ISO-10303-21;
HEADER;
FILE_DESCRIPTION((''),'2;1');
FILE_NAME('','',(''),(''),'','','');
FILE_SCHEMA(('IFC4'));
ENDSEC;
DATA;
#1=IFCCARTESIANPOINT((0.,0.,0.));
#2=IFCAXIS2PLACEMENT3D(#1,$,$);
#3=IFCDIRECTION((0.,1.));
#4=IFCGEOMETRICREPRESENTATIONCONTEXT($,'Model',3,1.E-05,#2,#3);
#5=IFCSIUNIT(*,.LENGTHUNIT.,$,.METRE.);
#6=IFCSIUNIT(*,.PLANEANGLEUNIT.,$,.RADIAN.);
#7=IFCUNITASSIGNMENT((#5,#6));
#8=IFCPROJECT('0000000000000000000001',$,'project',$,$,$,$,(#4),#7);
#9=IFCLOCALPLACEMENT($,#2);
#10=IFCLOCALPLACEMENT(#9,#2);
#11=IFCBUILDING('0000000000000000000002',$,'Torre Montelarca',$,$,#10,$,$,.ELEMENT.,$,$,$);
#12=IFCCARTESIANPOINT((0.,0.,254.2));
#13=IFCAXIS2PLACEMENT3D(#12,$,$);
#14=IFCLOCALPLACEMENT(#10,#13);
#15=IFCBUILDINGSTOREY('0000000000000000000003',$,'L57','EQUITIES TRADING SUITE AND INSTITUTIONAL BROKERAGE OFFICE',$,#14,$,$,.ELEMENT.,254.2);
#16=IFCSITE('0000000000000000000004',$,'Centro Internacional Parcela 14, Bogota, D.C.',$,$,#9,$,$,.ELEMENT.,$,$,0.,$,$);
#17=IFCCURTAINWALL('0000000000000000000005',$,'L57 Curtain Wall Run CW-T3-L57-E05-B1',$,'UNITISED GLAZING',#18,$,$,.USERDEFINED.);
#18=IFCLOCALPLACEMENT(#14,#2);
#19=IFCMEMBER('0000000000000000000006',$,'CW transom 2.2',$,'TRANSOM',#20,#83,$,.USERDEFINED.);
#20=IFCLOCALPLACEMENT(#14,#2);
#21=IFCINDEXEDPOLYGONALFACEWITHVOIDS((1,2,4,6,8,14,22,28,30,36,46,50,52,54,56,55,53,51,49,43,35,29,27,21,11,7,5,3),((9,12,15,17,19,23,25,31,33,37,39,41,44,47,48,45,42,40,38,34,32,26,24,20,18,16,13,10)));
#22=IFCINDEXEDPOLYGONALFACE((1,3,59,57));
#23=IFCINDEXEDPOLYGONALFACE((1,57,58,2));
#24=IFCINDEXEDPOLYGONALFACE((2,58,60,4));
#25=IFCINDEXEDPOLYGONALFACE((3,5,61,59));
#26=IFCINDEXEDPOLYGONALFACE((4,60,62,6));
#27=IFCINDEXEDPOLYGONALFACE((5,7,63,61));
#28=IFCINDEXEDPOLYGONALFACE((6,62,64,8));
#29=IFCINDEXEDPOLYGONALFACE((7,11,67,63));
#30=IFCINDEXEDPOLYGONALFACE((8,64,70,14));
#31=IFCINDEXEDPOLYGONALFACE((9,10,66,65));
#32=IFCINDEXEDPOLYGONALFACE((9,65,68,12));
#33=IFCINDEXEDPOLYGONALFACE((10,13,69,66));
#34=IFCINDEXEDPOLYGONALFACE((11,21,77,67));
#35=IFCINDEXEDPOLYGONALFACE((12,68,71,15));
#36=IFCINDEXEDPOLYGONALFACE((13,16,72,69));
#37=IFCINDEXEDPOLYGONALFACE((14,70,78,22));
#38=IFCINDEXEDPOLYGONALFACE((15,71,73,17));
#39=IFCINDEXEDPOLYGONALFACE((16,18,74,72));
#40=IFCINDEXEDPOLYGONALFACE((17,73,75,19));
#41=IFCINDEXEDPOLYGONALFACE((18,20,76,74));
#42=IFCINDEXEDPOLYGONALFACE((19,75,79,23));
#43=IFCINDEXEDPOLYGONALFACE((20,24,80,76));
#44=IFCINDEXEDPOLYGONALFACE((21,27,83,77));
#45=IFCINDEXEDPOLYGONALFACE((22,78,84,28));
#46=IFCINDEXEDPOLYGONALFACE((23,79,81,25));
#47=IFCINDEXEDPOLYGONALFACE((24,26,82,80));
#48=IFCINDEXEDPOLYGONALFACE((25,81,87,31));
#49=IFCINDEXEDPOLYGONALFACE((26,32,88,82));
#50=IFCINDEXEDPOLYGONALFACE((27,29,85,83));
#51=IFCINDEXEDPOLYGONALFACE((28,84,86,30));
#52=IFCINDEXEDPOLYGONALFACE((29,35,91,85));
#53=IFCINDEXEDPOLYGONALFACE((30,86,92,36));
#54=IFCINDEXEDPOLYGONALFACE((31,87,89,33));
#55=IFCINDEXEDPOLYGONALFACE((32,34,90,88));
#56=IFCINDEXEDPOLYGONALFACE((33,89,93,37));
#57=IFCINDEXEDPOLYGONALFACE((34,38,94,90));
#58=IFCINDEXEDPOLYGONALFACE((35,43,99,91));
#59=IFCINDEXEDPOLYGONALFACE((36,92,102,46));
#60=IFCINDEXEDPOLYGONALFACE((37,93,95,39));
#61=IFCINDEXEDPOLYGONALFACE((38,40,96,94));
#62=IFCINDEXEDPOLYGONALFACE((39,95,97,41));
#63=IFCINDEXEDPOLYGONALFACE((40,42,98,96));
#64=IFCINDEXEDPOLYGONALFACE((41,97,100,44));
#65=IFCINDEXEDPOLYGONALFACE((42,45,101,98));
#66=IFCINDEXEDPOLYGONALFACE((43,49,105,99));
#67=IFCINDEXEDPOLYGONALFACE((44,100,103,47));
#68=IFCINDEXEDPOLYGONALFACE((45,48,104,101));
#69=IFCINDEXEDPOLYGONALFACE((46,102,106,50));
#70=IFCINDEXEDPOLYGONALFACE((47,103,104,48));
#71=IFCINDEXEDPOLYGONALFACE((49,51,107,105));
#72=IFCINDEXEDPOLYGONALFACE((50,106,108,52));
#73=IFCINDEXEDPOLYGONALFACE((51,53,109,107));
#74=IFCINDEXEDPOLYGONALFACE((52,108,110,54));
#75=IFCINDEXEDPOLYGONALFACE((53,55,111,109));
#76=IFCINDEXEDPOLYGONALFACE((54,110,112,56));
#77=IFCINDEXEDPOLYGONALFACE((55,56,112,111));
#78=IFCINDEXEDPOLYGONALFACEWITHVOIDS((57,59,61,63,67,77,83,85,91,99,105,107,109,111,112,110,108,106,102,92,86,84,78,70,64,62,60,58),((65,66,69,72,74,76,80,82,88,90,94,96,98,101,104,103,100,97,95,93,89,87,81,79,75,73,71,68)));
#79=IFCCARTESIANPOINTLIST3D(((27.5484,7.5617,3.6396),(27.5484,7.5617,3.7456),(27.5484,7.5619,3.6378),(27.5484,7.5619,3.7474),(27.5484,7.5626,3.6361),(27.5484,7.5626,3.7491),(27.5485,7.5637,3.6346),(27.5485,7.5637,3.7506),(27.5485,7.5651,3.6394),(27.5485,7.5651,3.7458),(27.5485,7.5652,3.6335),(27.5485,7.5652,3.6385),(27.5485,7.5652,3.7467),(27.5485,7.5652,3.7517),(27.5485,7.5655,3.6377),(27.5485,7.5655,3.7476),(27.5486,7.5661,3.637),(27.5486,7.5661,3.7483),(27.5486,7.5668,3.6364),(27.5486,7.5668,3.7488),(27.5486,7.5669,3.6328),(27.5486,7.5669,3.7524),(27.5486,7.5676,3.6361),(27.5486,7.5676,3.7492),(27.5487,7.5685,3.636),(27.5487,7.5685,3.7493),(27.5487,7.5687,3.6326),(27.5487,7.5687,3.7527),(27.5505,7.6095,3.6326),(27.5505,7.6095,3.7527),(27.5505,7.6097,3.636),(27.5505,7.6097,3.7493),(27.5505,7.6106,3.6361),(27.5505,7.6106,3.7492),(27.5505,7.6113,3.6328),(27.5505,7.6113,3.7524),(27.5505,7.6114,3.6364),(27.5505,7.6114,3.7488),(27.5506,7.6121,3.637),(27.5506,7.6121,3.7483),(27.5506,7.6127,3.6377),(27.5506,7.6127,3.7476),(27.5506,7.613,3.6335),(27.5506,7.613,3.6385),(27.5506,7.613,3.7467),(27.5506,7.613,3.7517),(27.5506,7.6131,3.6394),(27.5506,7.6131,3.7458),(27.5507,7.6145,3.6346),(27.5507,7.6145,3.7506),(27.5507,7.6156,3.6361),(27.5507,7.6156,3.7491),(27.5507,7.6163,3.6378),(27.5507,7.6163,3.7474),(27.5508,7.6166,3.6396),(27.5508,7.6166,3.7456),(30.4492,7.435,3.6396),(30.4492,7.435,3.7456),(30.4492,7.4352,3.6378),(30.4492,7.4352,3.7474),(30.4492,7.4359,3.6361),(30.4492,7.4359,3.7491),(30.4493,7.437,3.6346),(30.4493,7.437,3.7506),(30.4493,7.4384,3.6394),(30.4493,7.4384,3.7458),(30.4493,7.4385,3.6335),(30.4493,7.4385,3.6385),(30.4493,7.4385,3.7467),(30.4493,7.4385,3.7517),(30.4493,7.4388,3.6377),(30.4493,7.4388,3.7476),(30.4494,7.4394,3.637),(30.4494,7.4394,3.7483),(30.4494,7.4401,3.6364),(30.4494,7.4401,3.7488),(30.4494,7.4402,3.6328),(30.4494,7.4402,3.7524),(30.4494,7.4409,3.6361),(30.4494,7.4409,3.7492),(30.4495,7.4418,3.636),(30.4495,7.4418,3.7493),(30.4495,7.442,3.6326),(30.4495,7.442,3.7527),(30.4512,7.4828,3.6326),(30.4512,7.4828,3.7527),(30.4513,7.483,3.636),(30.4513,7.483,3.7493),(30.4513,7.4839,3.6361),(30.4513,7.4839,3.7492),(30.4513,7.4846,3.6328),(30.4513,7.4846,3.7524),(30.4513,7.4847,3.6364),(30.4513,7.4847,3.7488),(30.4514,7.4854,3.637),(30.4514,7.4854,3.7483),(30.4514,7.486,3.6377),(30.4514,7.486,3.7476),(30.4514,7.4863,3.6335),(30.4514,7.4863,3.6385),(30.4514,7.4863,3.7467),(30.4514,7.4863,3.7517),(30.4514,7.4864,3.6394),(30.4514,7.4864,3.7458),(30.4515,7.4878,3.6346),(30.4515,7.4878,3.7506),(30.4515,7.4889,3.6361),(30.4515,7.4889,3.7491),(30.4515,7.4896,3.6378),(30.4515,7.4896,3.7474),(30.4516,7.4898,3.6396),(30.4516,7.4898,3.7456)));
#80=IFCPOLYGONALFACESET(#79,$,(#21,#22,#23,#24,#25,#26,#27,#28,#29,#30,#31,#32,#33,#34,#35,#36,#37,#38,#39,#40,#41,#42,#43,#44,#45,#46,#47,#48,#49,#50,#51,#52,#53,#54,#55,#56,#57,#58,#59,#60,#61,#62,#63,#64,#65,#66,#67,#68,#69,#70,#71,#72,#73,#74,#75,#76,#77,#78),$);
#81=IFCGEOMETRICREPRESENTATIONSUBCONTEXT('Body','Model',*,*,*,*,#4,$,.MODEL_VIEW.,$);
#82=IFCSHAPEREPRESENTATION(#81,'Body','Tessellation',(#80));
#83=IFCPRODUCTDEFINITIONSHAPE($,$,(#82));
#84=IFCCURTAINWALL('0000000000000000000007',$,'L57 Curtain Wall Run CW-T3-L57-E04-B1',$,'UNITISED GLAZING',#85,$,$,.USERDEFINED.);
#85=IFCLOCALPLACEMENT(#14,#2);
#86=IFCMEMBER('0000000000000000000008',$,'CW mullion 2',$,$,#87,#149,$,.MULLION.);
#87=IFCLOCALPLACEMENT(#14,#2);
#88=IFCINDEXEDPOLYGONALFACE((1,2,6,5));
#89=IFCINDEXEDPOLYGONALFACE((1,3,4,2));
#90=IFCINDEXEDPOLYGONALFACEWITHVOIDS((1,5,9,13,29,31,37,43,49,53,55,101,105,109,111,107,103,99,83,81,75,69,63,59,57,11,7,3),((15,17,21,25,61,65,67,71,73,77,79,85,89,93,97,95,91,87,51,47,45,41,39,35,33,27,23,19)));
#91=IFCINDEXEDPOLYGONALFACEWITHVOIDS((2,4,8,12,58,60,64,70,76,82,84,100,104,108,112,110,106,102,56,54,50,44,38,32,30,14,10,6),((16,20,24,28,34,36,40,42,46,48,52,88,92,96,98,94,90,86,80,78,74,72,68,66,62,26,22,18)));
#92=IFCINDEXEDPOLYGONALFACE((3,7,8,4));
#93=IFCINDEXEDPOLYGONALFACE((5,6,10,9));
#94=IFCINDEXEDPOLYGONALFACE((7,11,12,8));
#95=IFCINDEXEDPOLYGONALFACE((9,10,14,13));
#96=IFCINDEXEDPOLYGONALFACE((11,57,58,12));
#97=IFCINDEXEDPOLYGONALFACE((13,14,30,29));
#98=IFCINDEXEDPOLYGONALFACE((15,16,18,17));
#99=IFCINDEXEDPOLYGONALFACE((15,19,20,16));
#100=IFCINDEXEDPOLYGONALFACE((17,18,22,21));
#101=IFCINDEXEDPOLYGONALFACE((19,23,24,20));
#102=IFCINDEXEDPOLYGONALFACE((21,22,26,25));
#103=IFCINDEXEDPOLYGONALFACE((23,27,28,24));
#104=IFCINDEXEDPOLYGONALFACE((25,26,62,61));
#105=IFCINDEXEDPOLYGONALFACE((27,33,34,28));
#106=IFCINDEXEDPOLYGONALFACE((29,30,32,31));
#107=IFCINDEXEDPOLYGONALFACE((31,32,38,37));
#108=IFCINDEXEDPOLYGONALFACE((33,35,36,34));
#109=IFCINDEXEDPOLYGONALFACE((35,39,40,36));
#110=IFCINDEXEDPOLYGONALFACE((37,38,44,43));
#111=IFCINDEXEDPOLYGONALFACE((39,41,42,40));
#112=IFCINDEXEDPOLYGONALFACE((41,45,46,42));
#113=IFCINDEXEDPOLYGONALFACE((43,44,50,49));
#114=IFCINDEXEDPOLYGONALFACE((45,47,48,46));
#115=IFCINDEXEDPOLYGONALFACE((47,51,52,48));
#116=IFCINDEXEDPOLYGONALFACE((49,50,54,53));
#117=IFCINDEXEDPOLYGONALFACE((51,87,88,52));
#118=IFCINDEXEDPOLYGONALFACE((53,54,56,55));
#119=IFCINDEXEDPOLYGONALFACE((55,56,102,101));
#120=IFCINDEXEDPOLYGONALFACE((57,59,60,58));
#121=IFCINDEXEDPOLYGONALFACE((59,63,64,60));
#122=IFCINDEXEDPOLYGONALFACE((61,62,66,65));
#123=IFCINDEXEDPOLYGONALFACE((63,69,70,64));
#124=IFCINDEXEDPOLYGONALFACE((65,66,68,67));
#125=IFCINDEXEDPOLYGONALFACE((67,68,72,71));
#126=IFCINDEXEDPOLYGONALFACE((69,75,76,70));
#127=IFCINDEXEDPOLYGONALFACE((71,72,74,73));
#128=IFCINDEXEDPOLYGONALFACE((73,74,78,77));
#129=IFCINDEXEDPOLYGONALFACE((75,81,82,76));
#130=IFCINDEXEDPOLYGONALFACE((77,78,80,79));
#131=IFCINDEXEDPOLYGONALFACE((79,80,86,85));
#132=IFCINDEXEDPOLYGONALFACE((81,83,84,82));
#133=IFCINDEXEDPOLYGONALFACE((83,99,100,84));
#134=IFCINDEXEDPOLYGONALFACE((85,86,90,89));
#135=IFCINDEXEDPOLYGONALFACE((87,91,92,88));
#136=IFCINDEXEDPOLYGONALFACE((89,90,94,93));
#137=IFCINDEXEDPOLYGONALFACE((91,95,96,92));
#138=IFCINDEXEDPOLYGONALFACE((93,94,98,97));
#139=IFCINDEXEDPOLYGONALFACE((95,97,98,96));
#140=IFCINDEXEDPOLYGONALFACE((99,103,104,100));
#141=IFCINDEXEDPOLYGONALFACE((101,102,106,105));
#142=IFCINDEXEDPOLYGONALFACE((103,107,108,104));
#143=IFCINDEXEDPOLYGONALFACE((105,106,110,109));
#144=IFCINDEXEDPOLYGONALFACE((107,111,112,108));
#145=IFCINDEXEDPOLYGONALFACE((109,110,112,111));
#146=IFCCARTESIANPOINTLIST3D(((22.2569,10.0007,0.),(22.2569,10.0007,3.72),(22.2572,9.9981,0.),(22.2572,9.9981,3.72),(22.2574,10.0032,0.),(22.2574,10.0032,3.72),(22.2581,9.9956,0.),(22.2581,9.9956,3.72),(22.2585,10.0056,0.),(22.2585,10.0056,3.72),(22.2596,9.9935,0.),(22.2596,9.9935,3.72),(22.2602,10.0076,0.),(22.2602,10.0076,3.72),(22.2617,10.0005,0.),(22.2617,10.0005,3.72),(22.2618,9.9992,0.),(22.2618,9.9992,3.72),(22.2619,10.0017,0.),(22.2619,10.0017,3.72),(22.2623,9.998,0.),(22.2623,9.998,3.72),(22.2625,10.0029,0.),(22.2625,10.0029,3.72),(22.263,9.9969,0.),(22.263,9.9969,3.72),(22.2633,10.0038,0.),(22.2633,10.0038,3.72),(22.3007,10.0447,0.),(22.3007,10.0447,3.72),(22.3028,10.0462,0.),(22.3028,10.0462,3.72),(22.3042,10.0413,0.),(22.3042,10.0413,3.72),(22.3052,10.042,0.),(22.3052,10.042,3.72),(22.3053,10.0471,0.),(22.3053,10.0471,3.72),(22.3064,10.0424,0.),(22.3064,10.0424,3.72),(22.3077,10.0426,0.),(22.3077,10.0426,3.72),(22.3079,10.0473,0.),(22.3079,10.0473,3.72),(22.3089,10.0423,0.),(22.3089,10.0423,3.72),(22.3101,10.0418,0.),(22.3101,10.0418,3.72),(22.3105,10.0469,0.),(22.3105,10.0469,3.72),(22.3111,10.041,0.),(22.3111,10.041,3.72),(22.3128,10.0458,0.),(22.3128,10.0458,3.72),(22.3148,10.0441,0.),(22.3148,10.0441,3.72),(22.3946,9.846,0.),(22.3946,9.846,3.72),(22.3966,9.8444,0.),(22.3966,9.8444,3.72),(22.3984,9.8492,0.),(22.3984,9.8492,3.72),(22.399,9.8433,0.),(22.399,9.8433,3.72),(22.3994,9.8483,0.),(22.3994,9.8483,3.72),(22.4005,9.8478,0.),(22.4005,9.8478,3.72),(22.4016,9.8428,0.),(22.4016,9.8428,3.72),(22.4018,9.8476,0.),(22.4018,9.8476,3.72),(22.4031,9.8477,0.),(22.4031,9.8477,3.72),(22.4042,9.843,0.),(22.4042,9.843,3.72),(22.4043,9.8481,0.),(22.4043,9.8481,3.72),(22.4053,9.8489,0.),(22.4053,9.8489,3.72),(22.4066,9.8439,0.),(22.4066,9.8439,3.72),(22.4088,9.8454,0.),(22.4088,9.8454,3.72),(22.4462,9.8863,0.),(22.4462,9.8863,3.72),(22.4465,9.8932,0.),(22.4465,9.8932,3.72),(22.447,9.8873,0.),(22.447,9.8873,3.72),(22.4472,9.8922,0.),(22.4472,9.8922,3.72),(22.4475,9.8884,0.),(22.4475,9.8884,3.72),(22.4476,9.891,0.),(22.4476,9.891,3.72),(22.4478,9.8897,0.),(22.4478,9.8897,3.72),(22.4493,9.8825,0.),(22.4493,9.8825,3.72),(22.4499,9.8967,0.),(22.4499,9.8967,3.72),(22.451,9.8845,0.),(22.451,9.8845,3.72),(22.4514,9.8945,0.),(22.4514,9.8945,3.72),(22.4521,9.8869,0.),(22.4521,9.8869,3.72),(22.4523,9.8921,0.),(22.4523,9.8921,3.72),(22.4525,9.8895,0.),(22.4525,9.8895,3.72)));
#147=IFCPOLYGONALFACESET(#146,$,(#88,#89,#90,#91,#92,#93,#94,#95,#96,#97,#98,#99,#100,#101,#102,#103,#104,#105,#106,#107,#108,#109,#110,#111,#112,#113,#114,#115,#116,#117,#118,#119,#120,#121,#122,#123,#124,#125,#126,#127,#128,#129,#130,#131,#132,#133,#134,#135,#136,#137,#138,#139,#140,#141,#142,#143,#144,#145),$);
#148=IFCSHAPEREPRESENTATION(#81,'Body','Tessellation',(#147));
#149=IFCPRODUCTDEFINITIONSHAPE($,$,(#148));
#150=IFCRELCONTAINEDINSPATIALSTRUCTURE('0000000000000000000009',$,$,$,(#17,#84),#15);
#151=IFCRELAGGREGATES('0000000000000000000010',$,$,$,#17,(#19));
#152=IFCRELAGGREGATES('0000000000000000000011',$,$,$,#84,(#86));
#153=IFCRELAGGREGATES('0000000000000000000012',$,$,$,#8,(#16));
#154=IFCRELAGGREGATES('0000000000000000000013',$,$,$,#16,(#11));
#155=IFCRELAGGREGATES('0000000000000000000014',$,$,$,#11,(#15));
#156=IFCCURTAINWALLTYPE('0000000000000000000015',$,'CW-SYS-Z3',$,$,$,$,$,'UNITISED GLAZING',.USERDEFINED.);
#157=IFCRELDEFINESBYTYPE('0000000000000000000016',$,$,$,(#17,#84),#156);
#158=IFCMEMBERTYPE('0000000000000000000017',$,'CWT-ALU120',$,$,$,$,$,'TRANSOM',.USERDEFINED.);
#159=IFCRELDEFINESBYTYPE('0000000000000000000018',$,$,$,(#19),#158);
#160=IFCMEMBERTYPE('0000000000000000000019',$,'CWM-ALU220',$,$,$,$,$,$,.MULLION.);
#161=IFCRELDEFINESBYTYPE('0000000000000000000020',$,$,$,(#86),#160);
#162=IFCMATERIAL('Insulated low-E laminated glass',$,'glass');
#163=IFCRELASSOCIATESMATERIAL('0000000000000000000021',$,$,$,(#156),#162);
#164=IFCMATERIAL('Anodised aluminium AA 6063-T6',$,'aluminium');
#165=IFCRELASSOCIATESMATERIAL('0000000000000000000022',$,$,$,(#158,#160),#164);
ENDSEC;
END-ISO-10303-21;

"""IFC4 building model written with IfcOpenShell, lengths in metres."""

from ifc_helpers import new_model, si_unit, direction, frame, origin, origin_2d, place, context, subcontext, project, spatial, hollow_rectangle, extrude, source, transform, mapped, material, material_profile, profile_set, type_object, element, aggregate, save


model = new_model("IFC4")

# Units and contexts
model_context = context("Model", 3, precision=1e-05, world=origin(), true_north=direction((0.0, 1.0)))
body_context = subcontext(model_context, "Body", "Model", "MODEL_VIEW")
ifc_project = project(units=[si_unit("LENGTHUNIT", "METRE"), si_unit("PLANEANGLEUNIT", "RADIAN")], contexts=[model_context])

# Site, building, storey
site_placement = place(None, origin())
site = spatial("IfcSite", under=ifc_project, at=site_placement, Name="Centro Internacional Parcela 14, Bogota, D.C.", CompositionType="ELEMENT", RefElevation=0.0)
building_placement = place(site_placement, origin())
building = spatial("IfcBuilding", under=site, at=building_placement, Name="Torre Montelarca", CompositionType="ELEMENT")
storey_placement = place(building_placement, frame((0.0, 0.0, 254.2)))
storey = spatial("IfcBuildingStorey", under=building, at=storey_placement, Name="L57", Description="EQUITIES TRADING SUITE AND INSTITUTIONAL BROKERAGE OFFICE", CompositionType="ELEMENT", Elevation=254.2)

# Curtain walls, members
ifc_material_1 = material(Name="Insulated low-E laminated glass", Category="glass")
curtain_wall_type = type_object("IfcCurtainWallType", Name="CW-SYS-Z3", ElementType="UNITISED GLAZING", PredefinedType="USERDEFINED", material=ifc_material_1)
curtain_wall_1_placement = place(storey_placement, origin())
curtain_wall_1 = element("IfcCurtainWall", 1, at=curtain_wall_1_placement, inside=storey, type_object=curtain_wall_type, Name="L57 Curtain Wall Run CW-T3-L57-E05-B1", ObjectType="UNITISED GLAZING", PredefinedType="USERDEFINED")
ifc_material_2 = material(Name="Anodised aluminium AA 6063-T6", Category="aluminium")
ifc_material_profile_1 = material_profile(ifc_material_2, hollow_rectangle(XDim=0.0549, YDim=0.1201, WallThickness=0.0034, InnerFilletRadius=0.0034, OuterFilletRadius=0.0071, at=origin_2d()), Name="ALU55X120X3.5", Category="aluminium")
ifc_profile_set_1 = profile_set([ifc_material_profile_1], Name="Anodised aluminium AA 6063-T6")
member_type_1 = type_object("IfcMemberType", Name="CWT-ALU120", ElementType="TRANSOM", PredefinedType="USERDEFINED", material=ifc_profile_set_1)
shared_shape_1 = source(origin(), body_context, "Body", "SweptSolid", [
    extrude(hollow_rectangle(XDim=0.0549, YDim=0.1201, WallThickness=0.0034, InnerFilletRadius=0.0034, OuterFilletRadius=0.0071, at=origin_2d()), origin(), (0.0, 0.0, 1.0), 2.9036),
])
member_1_placement = place(storey_placement, frame((27.5496, 7.5891, 3.6926), z_axis=(0.999047, -0.043638, 0.0), x_axis=(0.043638, 0.999047, 0.0)))
member_1 = element("IfcMember", 2, at=member_1_placement, type_object=member_type_1, Name="CW transom 2.2", ObjectType="TRANSOM", PredefinedType="USERDEFINED", context=body_context, shape_type="MappedRepresentation", body=[
    mapped(shared_shape_1, transform((0.0, 0.0, 0.0), scale=1.0)),
])
curtain_wall_2_placement = place(storey_placement, origin())
curtain_wall_2 = element("IfcCurtainWall", 3, at=curtain_wall_2_placement, inside=storey, type_object=curtain_wall_type, Name="L57 Curtain Wall Run CW-T3-L57-E04-B1", ObjectType="UNITISED GLAZING", PredefinedType="USERDEFINED")
ifc_material_profile_2 = material_profile(ifc_material_2, hollow_rectangle(XDim=0.075, YDim=0.22, WallThickness=0.0049, InnerFilletRadius=0.0049, OuterFilletRadius=0.01, at=origin_2d()), Name="ALU75X220X5", Category="aluminium")
ifc_profile_set_2 = profile_set([ifc_material_profile_2], Name="Anodised aluminium AA 6063-T6")
member_type_2 = type_object("IfcMemberType", Name="CWM-ALU220", PredefinedType="MULLION", material=ifc_profile_set_2)
shared_shape_2 = source(origin(), body_context, "Body", "SweptSolid", [
    extrude(hollow_rectangle(XDim=0.075, YDim=0.22, WallThickness=0.0049, InnerFilletRadius=0.0049, OuterFilletRadius=0.01, at=origin_2d()), origin(), (0.0, 0.0, 1.0), 3.72),
])
member_2_placement = place(storey_placement, frame((22.3547, 9.9451, 0.0), z_axis=(0.0, 0.0, 1.0), x_axis=(0.737293, 0.675573, 0.0)))
member_2 = element("IfcMember", 4, at=member_2_placement, type_object=member_type_2, Name="CW mullion 2", PredefinedType="MULLION", context=body_context, shape_type="MappedRepresentation", body=[
    mapped(shared_shape_2, transform((0.0, 0.0, 0.0), scale=1.0)),
])

aggregate(curtain_wall_1, [member_1])
aggregate(curtain_wall_2, [member_2])

save(model, "model.ifc")
